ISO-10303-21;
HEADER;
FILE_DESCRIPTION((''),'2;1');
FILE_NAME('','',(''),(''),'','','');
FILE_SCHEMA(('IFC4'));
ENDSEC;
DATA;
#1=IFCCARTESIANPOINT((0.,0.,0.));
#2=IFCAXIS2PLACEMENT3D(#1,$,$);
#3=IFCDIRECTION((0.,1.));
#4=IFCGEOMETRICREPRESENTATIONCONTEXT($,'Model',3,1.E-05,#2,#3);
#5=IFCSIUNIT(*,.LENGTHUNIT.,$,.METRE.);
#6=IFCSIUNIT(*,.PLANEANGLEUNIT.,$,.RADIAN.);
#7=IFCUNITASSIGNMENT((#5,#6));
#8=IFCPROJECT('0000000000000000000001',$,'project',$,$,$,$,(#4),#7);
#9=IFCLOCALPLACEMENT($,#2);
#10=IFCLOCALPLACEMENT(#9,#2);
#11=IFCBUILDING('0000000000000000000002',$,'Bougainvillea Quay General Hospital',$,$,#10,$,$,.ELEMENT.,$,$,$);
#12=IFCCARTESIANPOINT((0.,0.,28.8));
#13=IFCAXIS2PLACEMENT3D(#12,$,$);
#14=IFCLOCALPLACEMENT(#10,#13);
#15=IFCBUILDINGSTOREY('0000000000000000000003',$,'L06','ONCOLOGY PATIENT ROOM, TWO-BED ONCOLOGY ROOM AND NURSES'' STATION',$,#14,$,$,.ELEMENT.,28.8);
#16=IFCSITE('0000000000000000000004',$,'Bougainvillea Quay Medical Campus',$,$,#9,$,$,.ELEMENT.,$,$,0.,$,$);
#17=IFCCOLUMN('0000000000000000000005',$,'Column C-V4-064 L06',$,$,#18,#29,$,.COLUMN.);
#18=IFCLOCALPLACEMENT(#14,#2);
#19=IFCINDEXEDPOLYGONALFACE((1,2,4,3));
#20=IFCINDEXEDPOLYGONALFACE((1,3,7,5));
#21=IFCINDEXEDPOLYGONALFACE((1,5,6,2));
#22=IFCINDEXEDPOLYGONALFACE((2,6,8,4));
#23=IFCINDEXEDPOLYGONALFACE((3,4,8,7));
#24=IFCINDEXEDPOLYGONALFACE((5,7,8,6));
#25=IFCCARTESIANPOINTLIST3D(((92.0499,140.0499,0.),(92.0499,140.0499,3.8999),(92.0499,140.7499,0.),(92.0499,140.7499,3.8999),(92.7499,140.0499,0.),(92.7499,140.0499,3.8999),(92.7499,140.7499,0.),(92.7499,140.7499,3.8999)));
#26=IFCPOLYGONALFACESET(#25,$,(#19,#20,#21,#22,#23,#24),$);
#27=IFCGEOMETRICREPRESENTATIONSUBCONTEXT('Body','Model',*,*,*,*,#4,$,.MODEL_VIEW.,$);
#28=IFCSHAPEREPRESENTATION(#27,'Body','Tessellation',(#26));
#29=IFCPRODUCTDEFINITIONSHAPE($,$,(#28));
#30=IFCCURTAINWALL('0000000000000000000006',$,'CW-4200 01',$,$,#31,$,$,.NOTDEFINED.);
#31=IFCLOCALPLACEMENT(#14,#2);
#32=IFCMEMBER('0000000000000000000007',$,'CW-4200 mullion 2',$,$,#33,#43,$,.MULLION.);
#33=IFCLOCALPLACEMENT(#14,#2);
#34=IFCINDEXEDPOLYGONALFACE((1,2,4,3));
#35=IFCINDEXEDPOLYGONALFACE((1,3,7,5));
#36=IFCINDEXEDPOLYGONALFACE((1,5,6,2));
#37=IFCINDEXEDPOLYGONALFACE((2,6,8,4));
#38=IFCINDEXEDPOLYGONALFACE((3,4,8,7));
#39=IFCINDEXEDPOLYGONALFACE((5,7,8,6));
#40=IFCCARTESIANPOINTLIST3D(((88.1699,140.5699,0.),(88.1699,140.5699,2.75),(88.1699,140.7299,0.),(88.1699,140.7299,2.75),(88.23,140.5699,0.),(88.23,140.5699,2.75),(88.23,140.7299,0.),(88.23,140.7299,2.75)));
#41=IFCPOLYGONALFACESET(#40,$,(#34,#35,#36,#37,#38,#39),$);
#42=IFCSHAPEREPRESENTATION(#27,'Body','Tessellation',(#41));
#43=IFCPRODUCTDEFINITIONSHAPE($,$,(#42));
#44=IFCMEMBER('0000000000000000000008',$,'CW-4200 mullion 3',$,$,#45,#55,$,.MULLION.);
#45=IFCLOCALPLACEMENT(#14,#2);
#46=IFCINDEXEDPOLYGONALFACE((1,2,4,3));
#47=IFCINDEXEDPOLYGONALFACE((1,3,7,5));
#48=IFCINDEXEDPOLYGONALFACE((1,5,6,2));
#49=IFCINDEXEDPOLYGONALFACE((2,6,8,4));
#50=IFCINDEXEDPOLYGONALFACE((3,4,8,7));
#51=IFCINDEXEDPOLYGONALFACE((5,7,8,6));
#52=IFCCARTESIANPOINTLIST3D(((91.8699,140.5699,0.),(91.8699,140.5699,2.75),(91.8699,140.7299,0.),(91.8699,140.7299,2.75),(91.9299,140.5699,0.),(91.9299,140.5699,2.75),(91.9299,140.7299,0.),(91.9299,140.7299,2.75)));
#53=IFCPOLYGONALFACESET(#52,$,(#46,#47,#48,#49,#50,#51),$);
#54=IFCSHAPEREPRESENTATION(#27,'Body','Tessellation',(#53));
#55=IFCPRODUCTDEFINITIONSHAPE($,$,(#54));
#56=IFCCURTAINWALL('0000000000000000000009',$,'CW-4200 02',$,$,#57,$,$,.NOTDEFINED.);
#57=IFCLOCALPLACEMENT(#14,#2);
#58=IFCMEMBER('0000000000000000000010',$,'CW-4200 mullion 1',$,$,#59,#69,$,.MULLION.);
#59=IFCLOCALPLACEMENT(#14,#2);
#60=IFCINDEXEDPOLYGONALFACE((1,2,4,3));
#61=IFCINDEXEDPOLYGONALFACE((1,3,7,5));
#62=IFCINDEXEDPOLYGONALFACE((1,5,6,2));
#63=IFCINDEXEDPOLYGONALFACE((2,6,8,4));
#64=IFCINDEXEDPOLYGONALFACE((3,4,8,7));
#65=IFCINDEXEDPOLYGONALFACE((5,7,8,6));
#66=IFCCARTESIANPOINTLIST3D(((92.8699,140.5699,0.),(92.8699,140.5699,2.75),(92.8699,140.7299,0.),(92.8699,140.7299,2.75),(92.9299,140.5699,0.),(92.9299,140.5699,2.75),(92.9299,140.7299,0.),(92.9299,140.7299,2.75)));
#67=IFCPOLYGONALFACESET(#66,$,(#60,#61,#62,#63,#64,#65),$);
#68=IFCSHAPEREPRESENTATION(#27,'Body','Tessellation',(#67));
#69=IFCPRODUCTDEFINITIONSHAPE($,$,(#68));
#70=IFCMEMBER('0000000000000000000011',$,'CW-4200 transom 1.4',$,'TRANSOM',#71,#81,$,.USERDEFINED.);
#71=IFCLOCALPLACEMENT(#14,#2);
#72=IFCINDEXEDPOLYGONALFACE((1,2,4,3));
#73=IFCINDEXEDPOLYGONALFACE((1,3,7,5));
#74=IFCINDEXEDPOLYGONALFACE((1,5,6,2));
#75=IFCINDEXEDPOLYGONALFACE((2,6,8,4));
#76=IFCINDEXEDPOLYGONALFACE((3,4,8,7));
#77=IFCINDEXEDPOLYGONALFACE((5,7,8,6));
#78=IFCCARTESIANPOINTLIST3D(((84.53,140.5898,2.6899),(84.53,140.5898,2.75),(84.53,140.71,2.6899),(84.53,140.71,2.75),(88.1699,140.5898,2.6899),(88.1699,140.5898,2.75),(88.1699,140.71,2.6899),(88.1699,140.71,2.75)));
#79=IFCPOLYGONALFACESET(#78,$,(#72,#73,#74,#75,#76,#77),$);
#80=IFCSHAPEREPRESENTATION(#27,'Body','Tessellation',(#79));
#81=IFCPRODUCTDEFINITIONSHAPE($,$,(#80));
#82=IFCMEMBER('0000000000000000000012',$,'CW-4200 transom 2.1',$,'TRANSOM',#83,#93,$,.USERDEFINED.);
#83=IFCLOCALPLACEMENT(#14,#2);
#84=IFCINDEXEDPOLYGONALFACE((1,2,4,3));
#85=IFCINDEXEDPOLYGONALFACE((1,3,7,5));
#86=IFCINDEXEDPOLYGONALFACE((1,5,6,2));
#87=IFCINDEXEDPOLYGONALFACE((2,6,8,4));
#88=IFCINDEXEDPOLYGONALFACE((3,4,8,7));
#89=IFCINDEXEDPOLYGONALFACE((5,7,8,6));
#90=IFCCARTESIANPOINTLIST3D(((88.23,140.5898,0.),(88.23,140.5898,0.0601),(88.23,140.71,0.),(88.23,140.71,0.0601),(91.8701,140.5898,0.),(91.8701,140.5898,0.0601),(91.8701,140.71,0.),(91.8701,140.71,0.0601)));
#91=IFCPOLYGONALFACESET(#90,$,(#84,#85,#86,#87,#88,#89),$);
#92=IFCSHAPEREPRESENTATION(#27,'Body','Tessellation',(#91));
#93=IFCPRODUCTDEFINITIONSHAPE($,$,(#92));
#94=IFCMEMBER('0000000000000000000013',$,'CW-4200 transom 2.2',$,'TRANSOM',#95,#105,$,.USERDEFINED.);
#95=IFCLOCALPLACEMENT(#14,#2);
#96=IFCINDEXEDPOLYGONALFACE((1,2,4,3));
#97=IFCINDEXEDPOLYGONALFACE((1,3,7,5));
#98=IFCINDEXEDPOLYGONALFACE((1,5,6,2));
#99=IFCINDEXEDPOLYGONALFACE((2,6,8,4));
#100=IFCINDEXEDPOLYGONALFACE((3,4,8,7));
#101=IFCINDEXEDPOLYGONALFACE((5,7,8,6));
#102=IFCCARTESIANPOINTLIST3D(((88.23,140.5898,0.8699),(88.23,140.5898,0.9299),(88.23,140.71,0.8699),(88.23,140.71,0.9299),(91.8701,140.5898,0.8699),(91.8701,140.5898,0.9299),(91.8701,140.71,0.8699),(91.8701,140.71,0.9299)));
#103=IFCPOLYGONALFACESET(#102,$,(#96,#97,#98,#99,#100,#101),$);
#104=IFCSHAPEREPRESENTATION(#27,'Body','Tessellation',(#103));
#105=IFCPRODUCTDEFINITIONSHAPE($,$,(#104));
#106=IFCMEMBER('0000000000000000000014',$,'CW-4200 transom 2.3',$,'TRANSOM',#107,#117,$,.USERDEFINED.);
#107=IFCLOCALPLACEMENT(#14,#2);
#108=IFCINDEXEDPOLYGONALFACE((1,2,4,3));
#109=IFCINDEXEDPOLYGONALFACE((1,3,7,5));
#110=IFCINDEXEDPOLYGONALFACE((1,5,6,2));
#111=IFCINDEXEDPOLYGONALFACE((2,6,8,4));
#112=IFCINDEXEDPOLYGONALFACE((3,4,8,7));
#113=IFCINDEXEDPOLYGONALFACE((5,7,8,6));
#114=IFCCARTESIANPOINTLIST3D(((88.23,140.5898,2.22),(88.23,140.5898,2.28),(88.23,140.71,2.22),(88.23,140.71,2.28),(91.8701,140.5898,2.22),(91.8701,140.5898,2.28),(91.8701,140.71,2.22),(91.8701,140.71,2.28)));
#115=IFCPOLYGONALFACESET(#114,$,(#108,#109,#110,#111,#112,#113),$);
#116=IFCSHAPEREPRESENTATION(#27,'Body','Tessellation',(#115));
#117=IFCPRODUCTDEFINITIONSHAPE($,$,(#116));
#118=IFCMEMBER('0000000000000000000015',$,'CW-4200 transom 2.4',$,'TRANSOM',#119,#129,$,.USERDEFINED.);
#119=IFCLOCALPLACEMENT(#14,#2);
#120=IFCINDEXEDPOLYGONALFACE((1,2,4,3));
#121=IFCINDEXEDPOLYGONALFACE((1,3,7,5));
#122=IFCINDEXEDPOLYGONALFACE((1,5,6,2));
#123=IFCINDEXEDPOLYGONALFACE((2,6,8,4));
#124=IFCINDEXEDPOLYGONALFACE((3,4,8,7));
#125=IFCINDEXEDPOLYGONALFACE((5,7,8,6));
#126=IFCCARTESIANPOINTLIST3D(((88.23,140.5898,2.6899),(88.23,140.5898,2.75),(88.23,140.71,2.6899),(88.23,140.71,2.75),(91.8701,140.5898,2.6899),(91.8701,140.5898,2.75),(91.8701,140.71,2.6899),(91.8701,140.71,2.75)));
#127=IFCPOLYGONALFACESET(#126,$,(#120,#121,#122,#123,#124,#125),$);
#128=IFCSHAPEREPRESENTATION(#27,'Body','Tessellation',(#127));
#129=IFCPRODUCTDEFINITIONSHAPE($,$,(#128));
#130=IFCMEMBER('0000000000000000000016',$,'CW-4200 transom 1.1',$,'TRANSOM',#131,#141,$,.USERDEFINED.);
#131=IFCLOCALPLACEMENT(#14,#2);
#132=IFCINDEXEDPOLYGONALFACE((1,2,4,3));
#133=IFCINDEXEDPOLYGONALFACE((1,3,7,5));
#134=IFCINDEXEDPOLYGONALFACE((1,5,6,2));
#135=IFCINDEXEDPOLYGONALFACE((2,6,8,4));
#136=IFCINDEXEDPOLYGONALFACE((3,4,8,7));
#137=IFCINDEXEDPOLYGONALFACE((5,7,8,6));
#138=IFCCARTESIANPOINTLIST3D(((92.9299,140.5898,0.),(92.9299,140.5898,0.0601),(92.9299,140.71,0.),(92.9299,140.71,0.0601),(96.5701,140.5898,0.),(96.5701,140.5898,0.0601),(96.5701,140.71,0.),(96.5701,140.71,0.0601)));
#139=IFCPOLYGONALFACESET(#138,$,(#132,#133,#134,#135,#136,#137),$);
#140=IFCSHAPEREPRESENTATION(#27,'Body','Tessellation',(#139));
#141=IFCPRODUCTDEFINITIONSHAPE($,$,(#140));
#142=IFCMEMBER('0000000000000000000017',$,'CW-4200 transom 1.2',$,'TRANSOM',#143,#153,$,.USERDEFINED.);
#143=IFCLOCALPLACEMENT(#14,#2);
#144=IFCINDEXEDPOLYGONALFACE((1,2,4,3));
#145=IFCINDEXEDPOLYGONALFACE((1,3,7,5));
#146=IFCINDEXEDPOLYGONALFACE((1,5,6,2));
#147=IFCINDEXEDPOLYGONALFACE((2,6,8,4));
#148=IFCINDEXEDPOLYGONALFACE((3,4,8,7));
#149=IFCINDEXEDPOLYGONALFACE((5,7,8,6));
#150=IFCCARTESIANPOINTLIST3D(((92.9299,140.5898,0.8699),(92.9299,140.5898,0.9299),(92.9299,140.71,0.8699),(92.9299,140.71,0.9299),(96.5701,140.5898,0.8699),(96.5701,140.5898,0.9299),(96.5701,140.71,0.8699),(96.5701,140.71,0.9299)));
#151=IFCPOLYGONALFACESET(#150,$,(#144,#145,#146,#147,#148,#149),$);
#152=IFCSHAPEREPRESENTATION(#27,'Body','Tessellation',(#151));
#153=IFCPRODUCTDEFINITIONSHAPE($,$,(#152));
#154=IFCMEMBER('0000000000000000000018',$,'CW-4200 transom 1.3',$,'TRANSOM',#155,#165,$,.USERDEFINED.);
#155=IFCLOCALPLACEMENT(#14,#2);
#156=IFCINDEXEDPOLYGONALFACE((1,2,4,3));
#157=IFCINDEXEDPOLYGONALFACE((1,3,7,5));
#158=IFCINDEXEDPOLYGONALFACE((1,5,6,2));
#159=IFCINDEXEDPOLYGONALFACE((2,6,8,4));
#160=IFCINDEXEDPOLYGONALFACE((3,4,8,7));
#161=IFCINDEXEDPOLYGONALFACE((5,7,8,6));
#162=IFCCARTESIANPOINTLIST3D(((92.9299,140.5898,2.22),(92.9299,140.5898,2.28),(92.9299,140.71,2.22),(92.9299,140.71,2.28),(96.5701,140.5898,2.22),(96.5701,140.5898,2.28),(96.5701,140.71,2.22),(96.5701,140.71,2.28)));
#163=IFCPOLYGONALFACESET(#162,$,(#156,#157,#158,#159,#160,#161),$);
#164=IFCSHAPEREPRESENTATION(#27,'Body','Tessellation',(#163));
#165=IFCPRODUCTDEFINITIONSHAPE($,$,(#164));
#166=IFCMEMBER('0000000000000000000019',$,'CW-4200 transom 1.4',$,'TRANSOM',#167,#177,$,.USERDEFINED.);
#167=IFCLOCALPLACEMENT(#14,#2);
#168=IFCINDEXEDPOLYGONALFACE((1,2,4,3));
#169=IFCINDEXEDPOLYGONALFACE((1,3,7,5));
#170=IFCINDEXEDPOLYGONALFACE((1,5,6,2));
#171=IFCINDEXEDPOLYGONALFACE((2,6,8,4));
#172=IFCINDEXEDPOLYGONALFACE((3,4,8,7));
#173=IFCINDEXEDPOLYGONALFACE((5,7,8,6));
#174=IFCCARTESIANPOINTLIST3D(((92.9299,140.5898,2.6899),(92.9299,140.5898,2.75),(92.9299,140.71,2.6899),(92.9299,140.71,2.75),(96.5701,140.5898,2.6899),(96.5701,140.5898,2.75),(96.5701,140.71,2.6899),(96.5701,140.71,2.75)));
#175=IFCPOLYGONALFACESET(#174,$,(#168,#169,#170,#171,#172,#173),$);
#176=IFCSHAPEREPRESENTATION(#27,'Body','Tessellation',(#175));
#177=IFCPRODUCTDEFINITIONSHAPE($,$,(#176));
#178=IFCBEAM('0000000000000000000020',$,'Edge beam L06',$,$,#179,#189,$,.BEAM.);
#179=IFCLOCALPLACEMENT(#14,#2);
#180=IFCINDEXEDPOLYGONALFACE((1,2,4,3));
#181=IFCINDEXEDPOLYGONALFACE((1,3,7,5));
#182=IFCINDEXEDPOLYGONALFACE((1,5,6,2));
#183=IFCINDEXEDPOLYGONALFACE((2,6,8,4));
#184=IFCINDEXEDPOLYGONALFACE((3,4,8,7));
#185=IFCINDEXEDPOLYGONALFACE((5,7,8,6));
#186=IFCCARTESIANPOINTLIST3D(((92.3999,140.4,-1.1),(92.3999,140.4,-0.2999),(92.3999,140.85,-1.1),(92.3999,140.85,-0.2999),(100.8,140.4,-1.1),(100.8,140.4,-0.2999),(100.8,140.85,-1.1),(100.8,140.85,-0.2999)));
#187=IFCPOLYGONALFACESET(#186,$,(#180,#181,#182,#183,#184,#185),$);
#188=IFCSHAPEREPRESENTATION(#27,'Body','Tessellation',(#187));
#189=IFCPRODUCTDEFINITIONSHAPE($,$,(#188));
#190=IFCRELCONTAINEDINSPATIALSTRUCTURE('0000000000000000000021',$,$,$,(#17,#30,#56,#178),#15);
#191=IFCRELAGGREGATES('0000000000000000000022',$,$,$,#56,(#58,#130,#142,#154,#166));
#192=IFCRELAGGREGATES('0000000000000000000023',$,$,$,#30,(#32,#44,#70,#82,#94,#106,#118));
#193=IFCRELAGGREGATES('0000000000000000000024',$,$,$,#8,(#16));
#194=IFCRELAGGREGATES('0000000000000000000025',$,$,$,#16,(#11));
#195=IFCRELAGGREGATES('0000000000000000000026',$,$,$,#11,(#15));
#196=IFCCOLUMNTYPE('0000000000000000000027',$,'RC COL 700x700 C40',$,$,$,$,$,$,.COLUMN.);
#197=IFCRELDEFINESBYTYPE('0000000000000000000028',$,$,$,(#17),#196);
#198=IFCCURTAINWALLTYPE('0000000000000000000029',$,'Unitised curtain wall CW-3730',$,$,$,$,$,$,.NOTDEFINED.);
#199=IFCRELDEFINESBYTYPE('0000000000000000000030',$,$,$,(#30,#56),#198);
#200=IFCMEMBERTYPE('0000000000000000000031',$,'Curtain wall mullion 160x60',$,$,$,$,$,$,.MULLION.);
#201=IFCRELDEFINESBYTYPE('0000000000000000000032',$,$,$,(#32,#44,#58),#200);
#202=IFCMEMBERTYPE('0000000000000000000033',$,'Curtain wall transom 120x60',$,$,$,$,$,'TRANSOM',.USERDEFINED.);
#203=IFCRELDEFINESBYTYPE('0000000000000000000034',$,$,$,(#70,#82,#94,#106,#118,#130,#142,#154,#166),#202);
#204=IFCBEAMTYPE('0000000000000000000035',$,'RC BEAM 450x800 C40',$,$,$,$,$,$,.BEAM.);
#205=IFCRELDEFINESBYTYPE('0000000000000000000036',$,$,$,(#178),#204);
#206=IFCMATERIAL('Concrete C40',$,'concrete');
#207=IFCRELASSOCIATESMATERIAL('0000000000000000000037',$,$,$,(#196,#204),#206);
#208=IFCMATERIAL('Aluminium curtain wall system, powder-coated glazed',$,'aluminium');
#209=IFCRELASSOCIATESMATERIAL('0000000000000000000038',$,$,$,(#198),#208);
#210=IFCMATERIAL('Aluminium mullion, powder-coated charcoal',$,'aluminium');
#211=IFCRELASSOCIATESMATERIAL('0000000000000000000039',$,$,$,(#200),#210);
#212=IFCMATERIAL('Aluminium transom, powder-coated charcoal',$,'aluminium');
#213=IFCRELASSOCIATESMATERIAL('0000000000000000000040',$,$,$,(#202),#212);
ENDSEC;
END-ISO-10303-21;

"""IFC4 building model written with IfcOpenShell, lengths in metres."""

from ifc_helpers import new_model, si_unit, direction, frame, origin, origin_2d, place, context, subcontext, project, spatial, rectangle, extrude, material, material_profile, profile_set, type_object, element, aggregate, save


model = new_model("IFC4")

# Units and contexts
model_context = context("Model", 3, precision=1e-05, world=origin(), true_north=direction((0.0, 1.0)))
body_context = subcontext(model_context, "Body", "Model", "MODEL_VIEW")
ifc_project = project(units=[si_unit("LENGTHUNIT", "METRE"), si_unit("PLANEANGLEUNIT", "RADIAN")], contexts=[model_context])

# Site, building, storey
site_placement = place(None, origin())
site = spatial("IfcSite", under=ifc_project, at=site_placement, Name="Bougainvillea Quay Medical Campus", CompositionType="ELEMENT", RefElevation=0.0)
building_placement = place(site_placement, origin())
building = spatial("IfcBuilding", under=site, at=building_placement, Name="Bougainvillea Quay General Hospital", CompositionType="ELEMENT")
storey_placement = place(building_placement, frame((0.0, 0.0, 28.8)))
storey = spatial("IfcBuildingStorey", under=building, at=storey_placement, Name="L06", Description="ONCOLOGY PATIENT ROOM, TWO-BED ONCOLOGY ROOM AND NURSES' STATION", CompositionType="ELEMENT", Elevation=28.8)

# Column
ifc_material_1 = material(Name="Concrete C40", Category="concrete")
ifc_material_profile_1 = material_profile(ifc_material_1, rectangle(XDim=0.7, YDim=0.7, at=origin_2d()))
ifc_profile_set_1 = profile_set([ifc_material_profile_1], Name="Concrete C40")
column_type = type_object("IfcColumnType", Name="RC COL 700x700 C40", PredefinedType="COLUMN", material=ifc_profile_set_1)
column_placement = place(storey_placement, frame((92.3999, 140.3999, 0.0), z_axis=(0.0, 0.0, 1.0), x_axis=(1.0, 0.0, 0.0)))
element("IfcColumn", 1, at=column_placement, inside=storey, type_object=column_type, Name="Column C-V4-064 L06", PredefinedType="COLUMN", context=body_context, shape_type="SweptSolid", body=[
    extrude(rectangle(XDim=0.7, YDim=0.7, at=origin_2d()), origin(), (0.0, 0.0, 1.0), 3.8999),
])

# Curtain wall, members
ifc_material_2 = material(Name="Aluminium curtain wall system, powder-coated glazed", Category="aluminium")
curtain_wall_type = type_object("IfcCurtainWallType", Name="Unitised curtain wall CW-3730", PredefinedType="NOTDEFINED", material=ifc_material_2)
curtain_wall_1_placement = place(storey_placement, origin())
curtain_wall_1 = element("IfcCurtainWall", 2, at=curtain_wall_1_placement, inside=storey, type_object=curtain_wall_type, Name="CW-4200 01", PredefinedType="NOTDEFINED")
ifc_material_3 = material(Name="Aluminium mullion, powder-coated charcoal", Category="aluminium")
ifc_material_profile_2 = material_profile(ifc_material_3, rectangle(XDim=0.1599, YDim=0.0601, at=origin_2d()))
ifc_profile_set_2 = profile_set([ifc_material_profile_2], Name="Aluminium mullion, powder-coated charcoal")
member_type_1 = type_object("IfcMemberType", Name="Curtain wall mullion 160x60", PredefinedType="MULLION", material=ifc_profile_set_2)
member_1_placement = place(storey_placement, frame((88.2, 140.6499, 0.0), z_axis=(0.0, 0.0, 1.0), x_axis=(0.0, 1.0, 0.0)))
member_1 = element("IfcMember", 3, at=member_1_placement, type_object=member_type_1, Name="CW-4200 mullion 2", PredefinedType="MULLION", context=body_context, shape_type="SweptSolid", body=[
    extrude(rectangle(XDim=0.1599, YDim=0.0601, at=origin_2d()), origin(), (0.0, 0.0, 1.0), 2.75),
])
member_2_placement = place(storey_placement, frame((91.8999, 140.6499, 0.0), z_axis=(0.0, 0.0, 1.0), x_axis=(0.0, 1.0, 0.0)))
member_2 = element("IfcMember", 4, at=member_2_placement, type_object=member_type_1, Name="CW-4200 mullion 3", PredefinedType="MULLION", context=body_context, shape_type="SweptSolid", body=[
    extrude(rectangle(XDim=0.1599, YDim=0.0601, at=origin_2d()), origin(), (0.0, 0.0, 1.0), 2.75),
])

# Curtain wall, member
curtain_wall_2_placement = place(storey_placement, origin())
curtain_wall_2 = element("IfcCurtainWall", 5, at=curtain_wall_2_placement, inside=storey, type_object=curtain_wall_type, Name="CW-4200 02", PredefinedType="NOTDEFINED")
member_3_placement = place(storey_placement, frame((92.8999, 140.6499, 0.0), z_axis=(0.0, 0.0, 1.0), x_axis=(0.0, 1.0, 0.0)))
member_3 = element("IfcMember", 6, at=member_3_placement, type_object=member_type_1, Name="CW-4200 mullion 1", PredefinedType="MULLION", context=body_context, shape_type="SweptSolid", body=[
    extrude(rectangle(XDim=0.1599, YDim=0.0601, at=origin_2d()), origin(), (0.0, 0.0, 1.0), 2.75),
])

# Members
ifc_material_4 = material(Name="Aluminium transom, powder-coated charcoal", Category="aluminium")
ifc_material_profile_3 = material_profile(ifc_material_4, rectangle(XDim=0.1201, YDim=0.0601, at=origin_2d()))
ifc_profile_set_3 = profile_set([ifc_material_profile_3], Name="Aluminium transom, powder-coated charcoal")
member_type_2 = type_object("IfcMemberType", Name="Curtain wall transom 120x60", ElementType="TRANSOM", PredefinedType="USERDEFINED", material=ifc_profile_set_3)
member_4_placement = place(storey_placement, frame((84.53, 140.6499, 2.72), z_axis=(1.0, 0.0, 0.0), x_axis=(0.0, 1.0, 0.0)))
member_4 = element("IfcMember", 7, at=member_4_placement, type_object=member_type_2, Name="CW-4200 transom 1.4", ObjectType="TRANSOM", PredefinedType="USERDEFINED", context=body_context, shape_type="SweptSolid", body=[
    extrude(rectangle(XDim=0.1201, YDim=0.0601, at=origin_2d()), origin(), (0.0, 0.0, 1.0), 3.6399),
])
member_5_placement = place(storey_placement, frame((88.23, 140.6499, 0.03), z_axis=(1.0, 0.0, 0.0), x_axis=(0.0, 1.0, 0.0)))
member_5 = element("IfcMember", 8, at=member_5_placement, type_object=member_type_2, Name="CW-4200 transom 2.1", ObjectType="TRANSOM", PredefinedType="USERDEFINED", context=body_context, shape_type="SweptSolid", body=[
    extrude(rectangle(XDim=0.1201, YDim=0.0601, at=origin_2d()), origin(), (0.0, 0.0, 1.0), 3.6401),
])
member_6_placement = place(storey_placement, frame((88.23, 140.6499, 0.8999), z_axis=(1.0, 0.0, 0.0), x_axis=(0.0, 1.0, 0.0)))
member_6 = element("IfcMember", 9, at=member_6_placement, type_object=member_type_2, Name="CW-4200 transom 2.2", ObjectType="TRANSOM", PredefinedType="USERDEFINED", context=body_context, shape_type="SweptSolid", body=[
    extrude(rectangle(XDim=0.1201, YDim=0.0601, at=origin_2d()), origin(), (0.0, 0.0, 1.0), 3.6401),
])
member_7_placement = place(storey_placement, frame((88.23, 140.6499, 2.25), z_axis=(1.0, 0.0, 0.0), x_axis=(0.0, 1.0, 0.0)))
member_7 = element("IfcMember", 10, at=member_7_placement, type_object=member_type_2, Name="CW-4200 transom 2.3", ObjectType="TRANSOM", PredefinedType="USERDEFINED", context=body_context, shape_type="SweptSolid", body=[
    extrude(rectangle(XDim=0.1201, YDim=0.0601, at=origin_2d()), origin(), (0.0, 0.0, 1.0), 3.6401),
])
member_8_placement = place(storey_placement, frame((88.23, 140.6499, 2.72), z_axis=(1.0, 0.0, 0.0), x_axis=(0.0, 1.0, 0.0)))
member_8 = element("IfcMember", 11, at=member_8_placement, type_object=member_type_2, Name="CW-4200 transom 2.4", ObjectType="TRANSOM", PredefinedType="USERDEFINED", context=body_context, shape_type="SweptSolid", body=[
    extrude(rectangle(XDim=0.1201, YDim=0.0601, at=origin_2d()), origin(), (0.0, 0.0, 1.0), 3.6401),
])
member_9_placement = place(storey_placement, frame((92.9299, 140.6499, 0.03), z_axis=(1.0, 0.0, 0.0), x_axis=(0.0, 1.0, 0.0)))
member_9 = element("IfcMember", 12, at=member_9_placement, type_object=member_type_2, Name="CW-4200 transom 1.1", ObjectType="TRANSOM", PredefinedType="USERDEFINED", context=body_context, shape_type="SweptSolid", body=[
    extrude(rectangle(XDim=0.1201, YDim=0.0601, at=origin_2d()), origin(), (0.0, 0.0, 1.0), 3.6401),
])
member_10_placement = place(storey_placement, frame((92.9299, 140.6499, 0.8999), z_axis=(1.0, 0.0, 0.0), x_axis=(0.0, 1.0, 0.0)))
member_10 = element("IfcMember", 13, at=member_10_placement, type_object=member_type_2, Name="CW-4200 transom 1.2", ObjectType="TRANSOM", PredefinedType="USERDEFINED", context=body_context, shape_type="SweptSolid", body=[
    extrude(rectangle(XDim=0.1201, YDim=0.0601, at=origin_2d()), origin(), (0.0, 0.0, 1.0), 3.6401),
])
member_11_placement = place(storey_placement, frame((92.9299, 140.6499, 2.25), z_axis=(1.0, 0.0, 0.0), x_axis=(0.0, 1.0, 0.0)))
member_11 = element("IfcMember", 14, at=member_11_placement, type_object=member_type_2, Name="CW-4200 transom 1.3", ObjectType="TRANSOM", PredefinedType="USERDEFINED", context=body_context, shape_type="SweptSolid", body=[
    extrude(rectangle(XDim=0.1201, YDim=0.0601, at=origin_2d()), origin(), (0.0, 0.0, 1.0), 3.6401),
])
member_12_placement = place(storey_placement, frame((92.9299, 140.6499, 2.72), z_axis=(1.0, 0.0, 0.0), x_axis=(0.0, 1.0, 0.0)))
member_12 = element("IfcMember", 15, at=member_12_placement, type_object=member_type_2, Name="CW-4200 transom 1.4", ObjectType="TRANSOM", PredefinedType="USERDEFINED", context=body_context, shape_type="SweptSolid", body=[
    extrude(rectangle(XDim=0.1201, YDim=0.0601, at=origin_2d()), origin(), (0.0, 0.0, 1.0), 3.6401),
])
aggregate(curtain_wall_2, [member_3, member_9, member_10, member_11, member_12])

# Beam
ifc_material_profile_4 = material_profile(ifc_material_1, rectangle(XDim=0.45, YDim=0.8, at=origin_2d()))
ifc_profile_set_4 = profile_set([ifc_material_profile_4], Name="Concrete C40")
beam_type = type_object("IfcBeamType", Name="RC BEAM 450x800 C40", PredefinedType="BEAM", material=ifc_profile_set_4)
beam_placement = place(storey_placement, frame((92.3999, 140.625, -0.7), z_axis=(1.0, 0.0, 0.0), x_axis=(0.0, 1.0, 0.0)))
element("IfcBeam", 16, at=beam_placement, inside=storey, type_object=beam_type, Name="Edge beam L06", PredefinedType="BEAM", context=body_context, shape_type="SweptSolid", body=[
    extrude(rectangle(XDim=0.45, YDim=0.8, at=origin_2d()), origin(), (0.0, 0.0, 1.0), 8.4001),
])

aggregate(curtain_wall_1, [member_1, member_2, member_4, member_5, member_6, member_7, member_8])

save(model, "model.ifc")
